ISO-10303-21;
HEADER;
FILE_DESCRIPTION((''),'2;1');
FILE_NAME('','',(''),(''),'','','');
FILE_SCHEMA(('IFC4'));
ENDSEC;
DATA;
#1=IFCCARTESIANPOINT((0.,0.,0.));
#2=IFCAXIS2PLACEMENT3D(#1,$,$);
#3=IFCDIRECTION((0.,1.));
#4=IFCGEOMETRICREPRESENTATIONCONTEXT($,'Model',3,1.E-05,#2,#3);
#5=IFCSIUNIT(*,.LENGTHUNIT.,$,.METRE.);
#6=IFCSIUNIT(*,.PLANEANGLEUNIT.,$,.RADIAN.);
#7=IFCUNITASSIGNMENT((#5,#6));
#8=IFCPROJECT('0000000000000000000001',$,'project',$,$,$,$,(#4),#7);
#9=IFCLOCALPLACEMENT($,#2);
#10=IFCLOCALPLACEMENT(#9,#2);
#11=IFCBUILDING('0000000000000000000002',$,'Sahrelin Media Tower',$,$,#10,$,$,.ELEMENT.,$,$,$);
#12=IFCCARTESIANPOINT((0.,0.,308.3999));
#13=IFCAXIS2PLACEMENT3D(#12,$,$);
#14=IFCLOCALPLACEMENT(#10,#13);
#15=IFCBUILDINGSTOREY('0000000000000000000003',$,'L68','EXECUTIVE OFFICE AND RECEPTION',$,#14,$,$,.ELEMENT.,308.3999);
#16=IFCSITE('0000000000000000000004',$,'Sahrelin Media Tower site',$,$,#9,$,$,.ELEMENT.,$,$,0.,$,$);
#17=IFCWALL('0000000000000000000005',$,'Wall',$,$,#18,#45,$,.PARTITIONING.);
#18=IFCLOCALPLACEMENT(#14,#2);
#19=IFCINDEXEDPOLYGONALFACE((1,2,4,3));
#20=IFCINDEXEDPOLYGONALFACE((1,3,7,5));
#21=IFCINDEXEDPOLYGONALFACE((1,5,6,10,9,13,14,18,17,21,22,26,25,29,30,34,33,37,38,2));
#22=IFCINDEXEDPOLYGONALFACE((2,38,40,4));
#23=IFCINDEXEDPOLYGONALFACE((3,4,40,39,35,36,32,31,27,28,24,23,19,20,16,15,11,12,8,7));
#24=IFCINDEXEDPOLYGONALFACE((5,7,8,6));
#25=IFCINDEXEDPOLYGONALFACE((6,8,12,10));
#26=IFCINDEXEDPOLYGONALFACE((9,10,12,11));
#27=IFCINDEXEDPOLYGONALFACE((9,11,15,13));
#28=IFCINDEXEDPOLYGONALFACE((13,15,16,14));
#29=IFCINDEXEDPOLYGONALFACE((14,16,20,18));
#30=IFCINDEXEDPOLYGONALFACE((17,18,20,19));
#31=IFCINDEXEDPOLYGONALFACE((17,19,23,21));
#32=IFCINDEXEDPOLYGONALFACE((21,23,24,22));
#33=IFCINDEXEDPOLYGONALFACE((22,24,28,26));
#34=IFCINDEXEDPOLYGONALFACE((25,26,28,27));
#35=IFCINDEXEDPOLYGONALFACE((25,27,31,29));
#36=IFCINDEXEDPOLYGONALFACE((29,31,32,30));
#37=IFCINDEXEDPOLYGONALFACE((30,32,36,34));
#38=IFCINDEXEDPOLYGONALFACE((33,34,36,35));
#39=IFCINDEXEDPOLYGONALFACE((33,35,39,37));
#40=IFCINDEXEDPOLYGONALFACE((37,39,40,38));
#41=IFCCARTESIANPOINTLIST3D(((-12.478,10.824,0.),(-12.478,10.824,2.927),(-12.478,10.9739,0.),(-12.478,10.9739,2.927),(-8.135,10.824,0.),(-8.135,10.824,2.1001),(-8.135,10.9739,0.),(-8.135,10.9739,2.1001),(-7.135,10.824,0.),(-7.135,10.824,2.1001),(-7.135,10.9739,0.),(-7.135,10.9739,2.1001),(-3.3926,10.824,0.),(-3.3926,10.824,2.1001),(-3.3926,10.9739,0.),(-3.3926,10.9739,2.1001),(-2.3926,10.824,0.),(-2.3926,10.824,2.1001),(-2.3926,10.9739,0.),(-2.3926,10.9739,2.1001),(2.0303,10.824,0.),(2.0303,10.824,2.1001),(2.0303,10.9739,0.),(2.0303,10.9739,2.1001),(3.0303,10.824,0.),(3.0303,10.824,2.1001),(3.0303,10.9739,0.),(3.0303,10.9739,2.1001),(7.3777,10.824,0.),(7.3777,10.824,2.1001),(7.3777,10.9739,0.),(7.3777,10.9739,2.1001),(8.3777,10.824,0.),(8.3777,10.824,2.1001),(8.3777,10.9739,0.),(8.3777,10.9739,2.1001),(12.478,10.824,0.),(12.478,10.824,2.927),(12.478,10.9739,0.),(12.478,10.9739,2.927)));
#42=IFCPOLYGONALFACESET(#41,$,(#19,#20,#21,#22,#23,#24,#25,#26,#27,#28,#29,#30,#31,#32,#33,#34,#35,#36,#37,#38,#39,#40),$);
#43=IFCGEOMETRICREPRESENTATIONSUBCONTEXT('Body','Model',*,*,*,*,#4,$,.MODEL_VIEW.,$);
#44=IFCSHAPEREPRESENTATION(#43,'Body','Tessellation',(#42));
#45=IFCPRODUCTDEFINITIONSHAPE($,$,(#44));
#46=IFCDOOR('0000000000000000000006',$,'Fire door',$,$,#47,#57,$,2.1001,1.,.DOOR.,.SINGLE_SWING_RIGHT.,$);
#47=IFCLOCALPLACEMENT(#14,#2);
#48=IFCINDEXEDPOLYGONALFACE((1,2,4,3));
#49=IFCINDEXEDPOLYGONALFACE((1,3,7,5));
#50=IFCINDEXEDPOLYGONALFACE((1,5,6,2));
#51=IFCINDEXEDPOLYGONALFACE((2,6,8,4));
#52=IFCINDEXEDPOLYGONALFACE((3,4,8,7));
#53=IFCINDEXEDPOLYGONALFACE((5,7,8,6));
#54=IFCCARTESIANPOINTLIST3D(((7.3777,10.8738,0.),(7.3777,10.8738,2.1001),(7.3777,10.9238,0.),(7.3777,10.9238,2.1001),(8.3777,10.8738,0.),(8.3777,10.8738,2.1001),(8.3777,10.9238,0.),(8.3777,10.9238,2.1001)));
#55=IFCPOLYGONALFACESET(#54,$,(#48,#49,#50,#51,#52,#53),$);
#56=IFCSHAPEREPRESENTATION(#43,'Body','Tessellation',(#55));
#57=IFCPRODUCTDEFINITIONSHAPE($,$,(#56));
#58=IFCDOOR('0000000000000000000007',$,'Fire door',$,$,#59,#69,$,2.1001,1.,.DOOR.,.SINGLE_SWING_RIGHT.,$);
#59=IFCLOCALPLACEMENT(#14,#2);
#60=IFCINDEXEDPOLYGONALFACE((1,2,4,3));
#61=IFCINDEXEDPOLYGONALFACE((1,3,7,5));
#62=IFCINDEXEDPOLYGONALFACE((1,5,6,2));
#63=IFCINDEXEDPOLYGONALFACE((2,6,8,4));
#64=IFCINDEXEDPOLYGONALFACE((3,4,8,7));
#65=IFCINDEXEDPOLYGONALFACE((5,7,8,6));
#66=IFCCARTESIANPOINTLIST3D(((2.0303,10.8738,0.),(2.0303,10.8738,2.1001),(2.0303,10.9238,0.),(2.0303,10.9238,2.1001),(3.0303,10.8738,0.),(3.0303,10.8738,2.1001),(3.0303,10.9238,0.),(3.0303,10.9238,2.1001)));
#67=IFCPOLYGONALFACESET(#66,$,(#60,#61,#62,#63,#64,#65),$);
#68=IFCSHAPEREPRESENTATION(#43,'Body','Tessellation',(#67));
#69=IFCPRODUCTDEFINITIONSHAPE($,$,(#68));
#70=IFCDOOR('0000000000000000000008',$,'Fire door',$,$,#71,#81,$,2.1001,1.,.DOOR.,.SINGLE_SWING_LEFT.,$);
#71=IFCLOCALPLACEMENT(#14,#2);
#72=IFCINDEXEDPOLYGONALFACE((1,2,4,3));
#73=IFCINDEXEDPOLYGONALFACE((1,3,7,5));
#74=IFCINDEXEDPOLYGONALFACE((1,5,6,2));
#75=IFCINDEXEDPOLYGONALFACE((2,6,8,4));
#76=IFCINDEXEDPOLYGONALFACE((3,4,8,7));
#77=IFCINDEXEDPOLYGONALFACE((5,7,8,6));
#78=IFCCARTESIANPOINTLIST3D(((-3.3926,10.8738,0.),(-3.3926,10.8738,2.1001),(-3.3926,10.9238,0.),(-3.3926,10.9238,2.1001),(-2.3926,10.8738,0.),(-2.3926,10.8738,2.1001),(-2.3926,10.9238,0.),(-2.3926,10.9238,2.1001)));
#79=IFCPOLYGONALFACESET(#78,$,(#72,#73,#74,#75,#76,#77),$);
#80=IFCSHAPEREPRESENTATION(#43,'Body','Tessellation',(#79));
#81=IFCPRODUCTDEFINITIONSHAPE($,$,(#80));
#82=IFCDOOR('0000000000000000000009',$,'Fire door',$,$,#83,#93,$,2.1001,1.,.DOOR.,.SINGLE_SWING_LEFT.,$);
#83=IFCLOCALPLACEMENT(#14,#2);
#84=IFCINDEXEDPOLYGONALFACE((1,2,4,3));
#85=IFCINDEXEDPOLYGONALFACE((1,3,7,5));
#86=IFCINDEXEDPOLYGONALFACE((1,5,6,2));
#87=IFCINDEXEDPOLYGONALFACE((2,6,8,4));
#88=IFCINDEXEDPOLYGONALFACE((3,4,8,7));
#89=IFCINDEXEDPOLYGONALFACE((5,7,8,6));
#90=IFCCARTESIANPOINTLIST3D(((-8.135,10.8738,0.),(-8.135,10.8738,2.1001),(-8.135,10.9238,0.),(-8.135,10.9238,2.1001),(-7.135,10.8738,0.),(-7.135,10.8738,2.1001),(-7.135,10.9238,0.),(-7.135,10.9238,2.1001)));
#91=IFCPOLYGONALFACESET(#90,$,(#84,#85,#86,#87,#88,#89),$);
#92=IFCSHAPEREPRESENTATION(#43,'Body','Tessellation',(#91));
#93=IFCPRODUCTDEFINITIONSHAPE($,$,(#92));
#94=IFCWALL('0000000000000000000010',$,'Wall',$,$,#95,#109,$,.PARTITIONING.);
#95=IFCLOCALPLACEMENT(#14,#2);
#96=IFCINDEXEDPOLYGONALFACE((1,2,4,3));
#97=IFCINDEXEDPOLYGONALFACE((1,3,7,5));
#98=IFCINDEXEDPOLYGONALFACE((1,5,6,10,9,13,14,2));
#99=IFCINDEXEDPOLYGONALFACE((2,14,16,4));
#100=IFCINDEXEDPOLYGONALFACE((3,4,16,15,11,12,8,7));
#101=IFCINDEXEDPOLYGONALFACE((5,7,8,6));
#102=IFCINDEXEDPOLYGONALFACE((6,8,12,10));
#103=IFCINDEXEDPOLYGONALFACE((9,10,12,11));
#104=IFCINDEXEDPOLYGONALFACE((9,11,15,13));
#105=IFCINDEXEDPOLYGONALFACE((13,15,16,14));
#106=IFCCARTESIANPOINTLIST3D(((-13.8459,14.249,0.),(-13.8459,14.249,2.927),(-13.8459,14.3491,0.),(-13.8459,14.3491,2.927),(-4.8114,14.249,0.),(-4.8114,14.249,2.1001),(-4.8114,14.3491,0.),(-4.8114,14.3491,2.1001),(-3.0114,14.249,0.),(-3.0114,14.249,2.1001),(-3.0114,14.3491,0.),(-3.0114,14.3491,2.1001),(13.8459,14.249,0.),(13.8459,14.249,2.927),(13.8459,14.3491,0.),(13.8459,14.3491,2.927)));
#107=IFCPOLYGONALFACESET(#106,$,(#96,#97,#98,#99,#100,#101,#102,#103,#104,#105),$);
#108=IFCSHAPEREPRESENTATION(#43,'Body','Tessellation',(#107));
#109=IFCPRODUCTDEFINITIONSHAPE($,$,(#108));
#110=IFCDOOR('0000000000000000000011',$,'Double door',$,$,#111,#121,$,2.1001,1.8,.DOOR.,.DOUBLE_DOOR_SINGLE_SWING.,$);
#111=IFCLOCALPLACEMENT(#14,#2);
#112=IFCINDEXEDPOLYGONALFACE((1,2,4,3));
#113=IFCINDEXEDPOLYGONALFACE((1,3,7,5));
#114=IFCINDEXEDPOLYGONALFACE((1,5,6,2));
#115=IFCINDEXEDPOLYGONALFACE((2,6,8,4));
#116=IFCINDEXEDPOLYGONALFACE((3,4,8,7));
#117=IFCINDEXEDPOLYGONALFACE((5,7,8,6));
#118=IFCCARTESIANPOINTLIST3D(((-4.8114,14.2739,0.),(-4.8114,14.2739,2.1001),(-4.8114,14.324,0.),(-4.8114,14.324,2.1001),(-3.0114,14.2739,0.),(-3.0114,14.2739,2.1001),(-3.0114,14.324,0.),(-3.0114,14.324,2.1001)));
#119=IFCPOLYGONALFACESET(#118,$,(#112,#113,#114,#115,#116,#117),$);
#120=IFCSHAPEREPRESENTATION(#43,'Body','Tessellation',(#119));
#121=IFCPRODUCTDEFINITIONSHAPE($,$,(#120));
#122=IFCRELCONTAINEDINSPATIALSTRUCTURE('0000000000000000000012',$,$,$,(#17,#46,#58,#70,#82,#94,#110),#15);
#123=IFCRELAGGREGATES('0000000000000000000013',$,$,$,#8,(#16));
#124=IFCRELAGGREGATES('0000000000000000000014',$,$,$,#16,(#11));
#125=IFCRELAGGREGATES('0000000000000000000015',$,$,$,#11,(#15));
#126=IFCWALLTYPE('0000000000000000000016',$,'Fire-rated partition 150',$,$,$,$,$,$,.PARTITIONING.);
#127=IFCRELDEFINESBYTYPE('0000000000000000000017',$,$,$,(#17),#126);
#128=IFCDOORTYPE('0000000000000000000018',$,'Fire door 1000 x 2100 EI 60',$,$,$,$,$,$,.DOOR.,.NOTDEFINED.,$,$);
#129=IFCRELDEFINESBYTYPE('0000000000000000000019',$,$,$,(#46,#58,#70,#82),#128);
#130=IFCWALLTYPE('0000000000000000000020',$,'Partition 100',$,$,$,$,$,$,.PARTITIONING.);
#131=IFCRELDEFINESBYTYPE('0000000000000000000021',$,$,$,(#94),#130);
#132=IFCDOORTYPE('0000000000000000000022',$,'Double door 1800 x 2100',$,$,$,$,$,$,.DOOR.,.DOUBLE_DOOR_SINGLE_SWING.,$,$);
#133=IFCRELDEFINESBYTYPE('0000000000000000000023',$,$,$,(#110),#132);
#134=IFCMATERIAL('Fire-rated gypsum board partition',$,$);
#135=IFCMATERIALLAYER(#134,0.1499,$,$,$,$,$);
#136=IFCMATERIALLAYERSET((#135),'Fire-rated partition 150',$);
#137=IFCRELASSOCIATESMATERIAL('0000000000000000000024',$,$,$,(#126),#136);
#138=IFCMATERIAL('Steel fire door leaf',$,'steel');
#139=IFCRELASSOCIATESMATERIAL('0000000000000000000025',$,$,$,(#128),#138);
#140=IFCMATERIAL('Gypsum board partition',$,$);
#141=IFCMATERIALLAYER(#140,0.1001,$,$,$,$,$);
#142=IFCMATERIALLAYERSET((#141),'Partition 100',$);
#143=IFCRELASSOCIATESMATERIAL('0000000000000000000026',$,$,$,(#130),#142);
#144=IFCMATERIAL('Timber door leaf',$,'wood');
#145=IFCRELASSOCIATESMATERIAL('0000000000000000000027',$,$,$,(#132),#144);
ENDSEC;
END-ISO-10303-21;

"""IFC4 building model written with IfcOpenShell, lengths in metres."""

from ifc_helpers import new_model, si_unit, direction, frame, frame_2d, origin, place, context, subcontext, project, spatial, rectangle, extrude, material, layer, layer_set, type_object, element, fill, save


model = new_model("IFC4")

# Units and contexts
model_context = context("Model", 3, precision=1e-05, world=origin(), true_north=direction((0.0, 1.0)))
body_context = subcontext(model_context, "Body", "Model", "MODEL_VIEW")
ifc_project = project(units=[si_unit("LENGTHUNIT", "METRE"), si_unit("PLANEANGLEUNIT", "RADIAN")], contexts=[model_context])

# Site, building, storey
site_placement = place(None, origin())
site = spatial("IfcSite", under=ifc_project, at=site_placement, Name="Sahrelin Media Tower site", CompositionType="ELEMENT", RefElevation=0.0)
building_placement = place(site_placement, origin())
building = spatial("IfcBuilding", under=site, at=building_placement, Name="Sahrelin Media Tower", CompositionType="ELEMENT")
storey_placement = place(building_placement, frame((0.0, 0.0, 308.3999)))
storey = spatial("IfcBuildingStorey", under=building, at=storey_placement, Name="L68", Description="EXECUTIVE OFFICE AND RECEPTION", CompositionType="ELEMENT", Elevation=308.3999)

# Wall, openings, doors
ifc_material_1 = material(Name="Fire-rated gypsum board partition")
ifc_layer_1 = layer(ifc_material_1, 0.1499)
ifc_layer_set_1 = layer_set([ifc_layer_1], Name="Fire-rated partition 150")
wall_type_1 = type_object("IfcWallType", Name="Fire-rated partition 150", PredefinedType="PARTITIONING", material=ifc_layer_set_1)
wall_1_placement = place(storey_placement, frame((-12.478, 10.8989, 0.0), z_axis=(0.0, 0.0, 1.0), x_axis=(1.0, 0.0, 0.0)))
wall_1 = element("IfcWall", 1, at=wall_1_placement, inside=storey, type_object=wall_type_1, Name="Wall", PredefinedType="PARTITIONING", context=body_context, shape_type="SweptSolid", body=[
    extrude(rectangle(XDim=24.9561, YDim=0.1499, at=frame_2d((12.478, 0.0))), origin(), (0.0, 0.0, 1.0), 2.927),
])
opening_1_placement = place(wall_1_placement, frame((19.8557, 0.0, 0.0)))
opening_1 = element("IfcOpeningElement", 2, at=opening_1_placement, cuts=wall_1, PredefinedType="OPENING", context=body_context, shape_type="SweptSolid", body=[
    extrude(rectangle(XDim=1.0, YDim=2.1001, at=frame_2d((0.5, 1.05))), frame((0.0, 0.075, 0.0), z_axis=(0.0, -1.0, 0.0), x_axis=(1.0, 0.0, 0.0)), (0.0, 0.0, 1.0), 0.1499),
])
opening_2_placement = place(wall_1_placement, frame((14.5083, 0.0, 0.0)))
opening_2 = element("IfcOpeningElement", 3, at=opening_2_placement, cuts=wall_1, PredefinedType="OPENING", context=body_context, shape_type="SweptSolid", body=[
    extrude(rectangle(XDim=1.0, YDim=2.1001, at=frame_2d((0.5, 1.05))), frame((0.0, 0.075, 0.0), z_axis=(0.0, -1.0, 0.0), x_axis=(1.0, 0.0, 0.0)), (0.0, 0.0, 1.0), 0.1499),
])
opening_3_placement = place(wall_1_placement, frame((9.0854, 0.0, 0.0)))
opening_3 = element("IfcOpeningElement", 4, at=opening_3_placement, cuts=wall_1, PredefinedType="OPENING", context=body_context, shape_type="SweptSolid", body=[
    extrude(rectangle(XDim=1.0, YDim=2.1001, at=frame_2d((0.5, 1.05))), frame((0.0, 0.075, 0.0), z_axis=(0.0, -1.0, 0.0), x_axis=(1.0, 0.0, 0.0)), (0.0, 0.0, 1.0), 0.1499),
])
opening_4_placement = place(wall_1_placement, frame((4.343, 0.0, 0.0)))
opening_4 = element("IfcOpeningElement", 5, at=opening_4_placement, cuts=wall_1, PredefinedType="OPENING", context=body_context, shape_type="SweptSolid", body=[
    extrude(rectangle(XDim=1.0, YDim=2.1001, at=frame_2d((0.5, 1.05))), frame((0.0, 0.075, 0.0), z_axis=(0.0, -1.0, 0.0), x_axis=(1.0, 0.0, 0.0)), (0.0, 0.0, 1.0), 0.1499),
])
ifc_material_2 = material(Name="Steel fire door leaf", Category="steel")
door_type_1 = type_object("IfcDoorType", Name="Fire door 1000 x 2100 EI 60", OperationType="NOTDEFINED", PredefinedType="DOOR", material=ifc_material_2)
door_1_placement = place(opening_1_placement, origin())
door_1 = element("IfcDoor", 6, at=door_1_placement, inside=storey, type_object=door_type_1, Name="Fire door", OperationType="SINGLE_SWING_RIGHT", OverallHeight=2.1001, OverallWidth=1.0, PredefinedType="DOOR", context=body_context, shape_type="SweptSolid", body=[
    extrude(rectangle(XDim=1.0, YDim=2.1001, at=frame_2d((0.5, 1.05))), frame((0.0, 0.0249, 0.0), z_axis=(0.0, -1.0, 0.0), x_axis=(1.0, 0.0, 0.0)), (0.0, 0.0, 1.0), 0.05),
])
fill(opening_1, door_1)
door_2_placement = place(opening_2_placement, origin())
door_2 = element("IfcDoor", 7, at=door_2_placement, inside=storey, type_object=door_type_1, Name="Fire door", OperationType="SINGLE_SWING_RIGHT", OverallHeight=2.1001, OverallWidth=1.0, PredefinedType="DOOR", context=body_context, shape_type="SweptSolid", body=[
    extrude(rectangle(XDim=1.0, YDim=2.1001, at=frame_2d((0.5, 1.05))), frame((0.0, 0.0249, 0.0), z_axis=(0.0, -1.0, 0.0), x_axis=(1.0, 0.0, 0.0)), (0.0, 0.0, 1.0), 0.05),
])
fill(opening_2, door_2)
door_3_placement = place(opening_3_placement, origin())
door_3 = element("IfcDoor", 8, at=door_3_placement, inside=storey, type_object=door_type_1, Name="Fire door", OperationType="SINGLE_SWING_LEFT", OverallHeight=2.1001, OverallWidth=1.0, PredefinedType="DOOR", context=body_context, shape_type="SweptSolid", body=[
    extrude(rectangle(XDim=1.0, YDim=2.1001, at=frame_2d((0.5, 1.05))), frame((0.0, 0.0249, 0.0), z_axis=(0.0, -1.0, 0.0), x_axis=(1.0, 0.0, 0.0)), (0.0, 0.0, 1.0), 0.05),
])
fill(opening_3, door_3)
door_4_placement = place(opening_4_placement, origin())
door_4 = element("IfcDoor", 9, at=door_4_placement, inside=storey, type_object=door_type_1, Name="Fire door", OperationType="SINGLE_SWING_LEFT", OverallHeight=2.1001, OverallWidth=1.0, PredefinedType="DOOR", context=body_context, shape_type="SweptSolid", body=[
    extrude(rectangle(XDim=1.0, YDim=2.1001, at=frame_2d((0.5, 1.05))), frame((0.0, 0.0249, 0.0), z_axis=(0.0, -1.0, 0.0), x_axis=(1.0, 0.0, 0.0)), (0.0, 0.0, 1.0), 0.05),
])
fill(opening_4, door_4)

# Wall, opening, door
ifc_material_3 = material(Name="Gypsum board partition")
ifc_layer_2 = layer(ifc_material_3, 0.1001)
ifc_layer_set_2 = layer_set([ifc_layer_2], Name="Partition 100")
wall_type_2 = type_object("IfcWallType", Name="Partition 100", PredefinedType="PARTITIONING", material=ifc_layer_set_2)
wall_2_placement = place(storey_placement, frame((-13.8459, 14.2991, 0.0), z_axis=(0.0, 0.0, 1.0), x_axis=(1.0, 0.0, 0.0)))
wall_2 = element("IfcWall", 10, at=wall_2_placement, inside=storey, type_object=wall_type_2, Name="Wall", PredefinedType="PARTITIONING", context=body_context, shape_type="SweptSolid", body=[
    extrude(rectangle(XDim=27.6919, YDim=0.1001, at=frame_2d((13.8459, 0.0))), origin(), (0.0, 0.0, 1.0), 2.927),
])
opening_5_placement = place(wall_2_placement, frame((9.0347, 0.0, 0.0)))
opening_5 = element("IfcOpeningElement", 11, at=opening_5_placement, cuts=wall_2, PredefinedType="OPENING", context=body_context, shape_type="SweptSolid", body=[
    extrude(rectangle(XDim=1.8, YDim=2.1001, at=frame_2d((0.8999, 1.05))), frame((0.0, 0.05, 0.0), z_axis=(0.0, -1.0, 0.0), x_axis=(1.0, 0.0, 0.0)), (0.0, 0.0, 1.0), 0.1001),
])
ifc_material_4 = material(Name="Timber door leaf", Category="wood")
door_type_2 = type_object("IfcDoorType", Name="Double door 1800 x 2100", OperationType="DOUBLE_DOOR_SINGLE_SWING", PredefinedType="DOOR", material=ifc_material_4)
door_5_placement = place(opening_5_placement, origin())
door_5 = element("IfcDoor", 12, at=door_5_placement, inside=storey, type_object=door_type_2, Name="Double door", OperationType="DOUBLE_DOOR_SINGLE_SWING", OverallHeight=2.1001, OverallWidth=1.8, PredefinedType="DOOR", context=body_context, shape_type="SweptSolid", body=[
    extrude(rectangle(XDim=1.8, YDim=2.1001, at=frame_2d((0.8999, 1.05))), frame((0.0, 0.0249, 0.0), z_axis=(0.0, -1.0, 0.0), x_axis=(1.0, 0.0, 0.0)), (0.0, 0.0, 1.0), 0.05),
])
fill(opening_5, door_5)

save(model, "model.ifc")
